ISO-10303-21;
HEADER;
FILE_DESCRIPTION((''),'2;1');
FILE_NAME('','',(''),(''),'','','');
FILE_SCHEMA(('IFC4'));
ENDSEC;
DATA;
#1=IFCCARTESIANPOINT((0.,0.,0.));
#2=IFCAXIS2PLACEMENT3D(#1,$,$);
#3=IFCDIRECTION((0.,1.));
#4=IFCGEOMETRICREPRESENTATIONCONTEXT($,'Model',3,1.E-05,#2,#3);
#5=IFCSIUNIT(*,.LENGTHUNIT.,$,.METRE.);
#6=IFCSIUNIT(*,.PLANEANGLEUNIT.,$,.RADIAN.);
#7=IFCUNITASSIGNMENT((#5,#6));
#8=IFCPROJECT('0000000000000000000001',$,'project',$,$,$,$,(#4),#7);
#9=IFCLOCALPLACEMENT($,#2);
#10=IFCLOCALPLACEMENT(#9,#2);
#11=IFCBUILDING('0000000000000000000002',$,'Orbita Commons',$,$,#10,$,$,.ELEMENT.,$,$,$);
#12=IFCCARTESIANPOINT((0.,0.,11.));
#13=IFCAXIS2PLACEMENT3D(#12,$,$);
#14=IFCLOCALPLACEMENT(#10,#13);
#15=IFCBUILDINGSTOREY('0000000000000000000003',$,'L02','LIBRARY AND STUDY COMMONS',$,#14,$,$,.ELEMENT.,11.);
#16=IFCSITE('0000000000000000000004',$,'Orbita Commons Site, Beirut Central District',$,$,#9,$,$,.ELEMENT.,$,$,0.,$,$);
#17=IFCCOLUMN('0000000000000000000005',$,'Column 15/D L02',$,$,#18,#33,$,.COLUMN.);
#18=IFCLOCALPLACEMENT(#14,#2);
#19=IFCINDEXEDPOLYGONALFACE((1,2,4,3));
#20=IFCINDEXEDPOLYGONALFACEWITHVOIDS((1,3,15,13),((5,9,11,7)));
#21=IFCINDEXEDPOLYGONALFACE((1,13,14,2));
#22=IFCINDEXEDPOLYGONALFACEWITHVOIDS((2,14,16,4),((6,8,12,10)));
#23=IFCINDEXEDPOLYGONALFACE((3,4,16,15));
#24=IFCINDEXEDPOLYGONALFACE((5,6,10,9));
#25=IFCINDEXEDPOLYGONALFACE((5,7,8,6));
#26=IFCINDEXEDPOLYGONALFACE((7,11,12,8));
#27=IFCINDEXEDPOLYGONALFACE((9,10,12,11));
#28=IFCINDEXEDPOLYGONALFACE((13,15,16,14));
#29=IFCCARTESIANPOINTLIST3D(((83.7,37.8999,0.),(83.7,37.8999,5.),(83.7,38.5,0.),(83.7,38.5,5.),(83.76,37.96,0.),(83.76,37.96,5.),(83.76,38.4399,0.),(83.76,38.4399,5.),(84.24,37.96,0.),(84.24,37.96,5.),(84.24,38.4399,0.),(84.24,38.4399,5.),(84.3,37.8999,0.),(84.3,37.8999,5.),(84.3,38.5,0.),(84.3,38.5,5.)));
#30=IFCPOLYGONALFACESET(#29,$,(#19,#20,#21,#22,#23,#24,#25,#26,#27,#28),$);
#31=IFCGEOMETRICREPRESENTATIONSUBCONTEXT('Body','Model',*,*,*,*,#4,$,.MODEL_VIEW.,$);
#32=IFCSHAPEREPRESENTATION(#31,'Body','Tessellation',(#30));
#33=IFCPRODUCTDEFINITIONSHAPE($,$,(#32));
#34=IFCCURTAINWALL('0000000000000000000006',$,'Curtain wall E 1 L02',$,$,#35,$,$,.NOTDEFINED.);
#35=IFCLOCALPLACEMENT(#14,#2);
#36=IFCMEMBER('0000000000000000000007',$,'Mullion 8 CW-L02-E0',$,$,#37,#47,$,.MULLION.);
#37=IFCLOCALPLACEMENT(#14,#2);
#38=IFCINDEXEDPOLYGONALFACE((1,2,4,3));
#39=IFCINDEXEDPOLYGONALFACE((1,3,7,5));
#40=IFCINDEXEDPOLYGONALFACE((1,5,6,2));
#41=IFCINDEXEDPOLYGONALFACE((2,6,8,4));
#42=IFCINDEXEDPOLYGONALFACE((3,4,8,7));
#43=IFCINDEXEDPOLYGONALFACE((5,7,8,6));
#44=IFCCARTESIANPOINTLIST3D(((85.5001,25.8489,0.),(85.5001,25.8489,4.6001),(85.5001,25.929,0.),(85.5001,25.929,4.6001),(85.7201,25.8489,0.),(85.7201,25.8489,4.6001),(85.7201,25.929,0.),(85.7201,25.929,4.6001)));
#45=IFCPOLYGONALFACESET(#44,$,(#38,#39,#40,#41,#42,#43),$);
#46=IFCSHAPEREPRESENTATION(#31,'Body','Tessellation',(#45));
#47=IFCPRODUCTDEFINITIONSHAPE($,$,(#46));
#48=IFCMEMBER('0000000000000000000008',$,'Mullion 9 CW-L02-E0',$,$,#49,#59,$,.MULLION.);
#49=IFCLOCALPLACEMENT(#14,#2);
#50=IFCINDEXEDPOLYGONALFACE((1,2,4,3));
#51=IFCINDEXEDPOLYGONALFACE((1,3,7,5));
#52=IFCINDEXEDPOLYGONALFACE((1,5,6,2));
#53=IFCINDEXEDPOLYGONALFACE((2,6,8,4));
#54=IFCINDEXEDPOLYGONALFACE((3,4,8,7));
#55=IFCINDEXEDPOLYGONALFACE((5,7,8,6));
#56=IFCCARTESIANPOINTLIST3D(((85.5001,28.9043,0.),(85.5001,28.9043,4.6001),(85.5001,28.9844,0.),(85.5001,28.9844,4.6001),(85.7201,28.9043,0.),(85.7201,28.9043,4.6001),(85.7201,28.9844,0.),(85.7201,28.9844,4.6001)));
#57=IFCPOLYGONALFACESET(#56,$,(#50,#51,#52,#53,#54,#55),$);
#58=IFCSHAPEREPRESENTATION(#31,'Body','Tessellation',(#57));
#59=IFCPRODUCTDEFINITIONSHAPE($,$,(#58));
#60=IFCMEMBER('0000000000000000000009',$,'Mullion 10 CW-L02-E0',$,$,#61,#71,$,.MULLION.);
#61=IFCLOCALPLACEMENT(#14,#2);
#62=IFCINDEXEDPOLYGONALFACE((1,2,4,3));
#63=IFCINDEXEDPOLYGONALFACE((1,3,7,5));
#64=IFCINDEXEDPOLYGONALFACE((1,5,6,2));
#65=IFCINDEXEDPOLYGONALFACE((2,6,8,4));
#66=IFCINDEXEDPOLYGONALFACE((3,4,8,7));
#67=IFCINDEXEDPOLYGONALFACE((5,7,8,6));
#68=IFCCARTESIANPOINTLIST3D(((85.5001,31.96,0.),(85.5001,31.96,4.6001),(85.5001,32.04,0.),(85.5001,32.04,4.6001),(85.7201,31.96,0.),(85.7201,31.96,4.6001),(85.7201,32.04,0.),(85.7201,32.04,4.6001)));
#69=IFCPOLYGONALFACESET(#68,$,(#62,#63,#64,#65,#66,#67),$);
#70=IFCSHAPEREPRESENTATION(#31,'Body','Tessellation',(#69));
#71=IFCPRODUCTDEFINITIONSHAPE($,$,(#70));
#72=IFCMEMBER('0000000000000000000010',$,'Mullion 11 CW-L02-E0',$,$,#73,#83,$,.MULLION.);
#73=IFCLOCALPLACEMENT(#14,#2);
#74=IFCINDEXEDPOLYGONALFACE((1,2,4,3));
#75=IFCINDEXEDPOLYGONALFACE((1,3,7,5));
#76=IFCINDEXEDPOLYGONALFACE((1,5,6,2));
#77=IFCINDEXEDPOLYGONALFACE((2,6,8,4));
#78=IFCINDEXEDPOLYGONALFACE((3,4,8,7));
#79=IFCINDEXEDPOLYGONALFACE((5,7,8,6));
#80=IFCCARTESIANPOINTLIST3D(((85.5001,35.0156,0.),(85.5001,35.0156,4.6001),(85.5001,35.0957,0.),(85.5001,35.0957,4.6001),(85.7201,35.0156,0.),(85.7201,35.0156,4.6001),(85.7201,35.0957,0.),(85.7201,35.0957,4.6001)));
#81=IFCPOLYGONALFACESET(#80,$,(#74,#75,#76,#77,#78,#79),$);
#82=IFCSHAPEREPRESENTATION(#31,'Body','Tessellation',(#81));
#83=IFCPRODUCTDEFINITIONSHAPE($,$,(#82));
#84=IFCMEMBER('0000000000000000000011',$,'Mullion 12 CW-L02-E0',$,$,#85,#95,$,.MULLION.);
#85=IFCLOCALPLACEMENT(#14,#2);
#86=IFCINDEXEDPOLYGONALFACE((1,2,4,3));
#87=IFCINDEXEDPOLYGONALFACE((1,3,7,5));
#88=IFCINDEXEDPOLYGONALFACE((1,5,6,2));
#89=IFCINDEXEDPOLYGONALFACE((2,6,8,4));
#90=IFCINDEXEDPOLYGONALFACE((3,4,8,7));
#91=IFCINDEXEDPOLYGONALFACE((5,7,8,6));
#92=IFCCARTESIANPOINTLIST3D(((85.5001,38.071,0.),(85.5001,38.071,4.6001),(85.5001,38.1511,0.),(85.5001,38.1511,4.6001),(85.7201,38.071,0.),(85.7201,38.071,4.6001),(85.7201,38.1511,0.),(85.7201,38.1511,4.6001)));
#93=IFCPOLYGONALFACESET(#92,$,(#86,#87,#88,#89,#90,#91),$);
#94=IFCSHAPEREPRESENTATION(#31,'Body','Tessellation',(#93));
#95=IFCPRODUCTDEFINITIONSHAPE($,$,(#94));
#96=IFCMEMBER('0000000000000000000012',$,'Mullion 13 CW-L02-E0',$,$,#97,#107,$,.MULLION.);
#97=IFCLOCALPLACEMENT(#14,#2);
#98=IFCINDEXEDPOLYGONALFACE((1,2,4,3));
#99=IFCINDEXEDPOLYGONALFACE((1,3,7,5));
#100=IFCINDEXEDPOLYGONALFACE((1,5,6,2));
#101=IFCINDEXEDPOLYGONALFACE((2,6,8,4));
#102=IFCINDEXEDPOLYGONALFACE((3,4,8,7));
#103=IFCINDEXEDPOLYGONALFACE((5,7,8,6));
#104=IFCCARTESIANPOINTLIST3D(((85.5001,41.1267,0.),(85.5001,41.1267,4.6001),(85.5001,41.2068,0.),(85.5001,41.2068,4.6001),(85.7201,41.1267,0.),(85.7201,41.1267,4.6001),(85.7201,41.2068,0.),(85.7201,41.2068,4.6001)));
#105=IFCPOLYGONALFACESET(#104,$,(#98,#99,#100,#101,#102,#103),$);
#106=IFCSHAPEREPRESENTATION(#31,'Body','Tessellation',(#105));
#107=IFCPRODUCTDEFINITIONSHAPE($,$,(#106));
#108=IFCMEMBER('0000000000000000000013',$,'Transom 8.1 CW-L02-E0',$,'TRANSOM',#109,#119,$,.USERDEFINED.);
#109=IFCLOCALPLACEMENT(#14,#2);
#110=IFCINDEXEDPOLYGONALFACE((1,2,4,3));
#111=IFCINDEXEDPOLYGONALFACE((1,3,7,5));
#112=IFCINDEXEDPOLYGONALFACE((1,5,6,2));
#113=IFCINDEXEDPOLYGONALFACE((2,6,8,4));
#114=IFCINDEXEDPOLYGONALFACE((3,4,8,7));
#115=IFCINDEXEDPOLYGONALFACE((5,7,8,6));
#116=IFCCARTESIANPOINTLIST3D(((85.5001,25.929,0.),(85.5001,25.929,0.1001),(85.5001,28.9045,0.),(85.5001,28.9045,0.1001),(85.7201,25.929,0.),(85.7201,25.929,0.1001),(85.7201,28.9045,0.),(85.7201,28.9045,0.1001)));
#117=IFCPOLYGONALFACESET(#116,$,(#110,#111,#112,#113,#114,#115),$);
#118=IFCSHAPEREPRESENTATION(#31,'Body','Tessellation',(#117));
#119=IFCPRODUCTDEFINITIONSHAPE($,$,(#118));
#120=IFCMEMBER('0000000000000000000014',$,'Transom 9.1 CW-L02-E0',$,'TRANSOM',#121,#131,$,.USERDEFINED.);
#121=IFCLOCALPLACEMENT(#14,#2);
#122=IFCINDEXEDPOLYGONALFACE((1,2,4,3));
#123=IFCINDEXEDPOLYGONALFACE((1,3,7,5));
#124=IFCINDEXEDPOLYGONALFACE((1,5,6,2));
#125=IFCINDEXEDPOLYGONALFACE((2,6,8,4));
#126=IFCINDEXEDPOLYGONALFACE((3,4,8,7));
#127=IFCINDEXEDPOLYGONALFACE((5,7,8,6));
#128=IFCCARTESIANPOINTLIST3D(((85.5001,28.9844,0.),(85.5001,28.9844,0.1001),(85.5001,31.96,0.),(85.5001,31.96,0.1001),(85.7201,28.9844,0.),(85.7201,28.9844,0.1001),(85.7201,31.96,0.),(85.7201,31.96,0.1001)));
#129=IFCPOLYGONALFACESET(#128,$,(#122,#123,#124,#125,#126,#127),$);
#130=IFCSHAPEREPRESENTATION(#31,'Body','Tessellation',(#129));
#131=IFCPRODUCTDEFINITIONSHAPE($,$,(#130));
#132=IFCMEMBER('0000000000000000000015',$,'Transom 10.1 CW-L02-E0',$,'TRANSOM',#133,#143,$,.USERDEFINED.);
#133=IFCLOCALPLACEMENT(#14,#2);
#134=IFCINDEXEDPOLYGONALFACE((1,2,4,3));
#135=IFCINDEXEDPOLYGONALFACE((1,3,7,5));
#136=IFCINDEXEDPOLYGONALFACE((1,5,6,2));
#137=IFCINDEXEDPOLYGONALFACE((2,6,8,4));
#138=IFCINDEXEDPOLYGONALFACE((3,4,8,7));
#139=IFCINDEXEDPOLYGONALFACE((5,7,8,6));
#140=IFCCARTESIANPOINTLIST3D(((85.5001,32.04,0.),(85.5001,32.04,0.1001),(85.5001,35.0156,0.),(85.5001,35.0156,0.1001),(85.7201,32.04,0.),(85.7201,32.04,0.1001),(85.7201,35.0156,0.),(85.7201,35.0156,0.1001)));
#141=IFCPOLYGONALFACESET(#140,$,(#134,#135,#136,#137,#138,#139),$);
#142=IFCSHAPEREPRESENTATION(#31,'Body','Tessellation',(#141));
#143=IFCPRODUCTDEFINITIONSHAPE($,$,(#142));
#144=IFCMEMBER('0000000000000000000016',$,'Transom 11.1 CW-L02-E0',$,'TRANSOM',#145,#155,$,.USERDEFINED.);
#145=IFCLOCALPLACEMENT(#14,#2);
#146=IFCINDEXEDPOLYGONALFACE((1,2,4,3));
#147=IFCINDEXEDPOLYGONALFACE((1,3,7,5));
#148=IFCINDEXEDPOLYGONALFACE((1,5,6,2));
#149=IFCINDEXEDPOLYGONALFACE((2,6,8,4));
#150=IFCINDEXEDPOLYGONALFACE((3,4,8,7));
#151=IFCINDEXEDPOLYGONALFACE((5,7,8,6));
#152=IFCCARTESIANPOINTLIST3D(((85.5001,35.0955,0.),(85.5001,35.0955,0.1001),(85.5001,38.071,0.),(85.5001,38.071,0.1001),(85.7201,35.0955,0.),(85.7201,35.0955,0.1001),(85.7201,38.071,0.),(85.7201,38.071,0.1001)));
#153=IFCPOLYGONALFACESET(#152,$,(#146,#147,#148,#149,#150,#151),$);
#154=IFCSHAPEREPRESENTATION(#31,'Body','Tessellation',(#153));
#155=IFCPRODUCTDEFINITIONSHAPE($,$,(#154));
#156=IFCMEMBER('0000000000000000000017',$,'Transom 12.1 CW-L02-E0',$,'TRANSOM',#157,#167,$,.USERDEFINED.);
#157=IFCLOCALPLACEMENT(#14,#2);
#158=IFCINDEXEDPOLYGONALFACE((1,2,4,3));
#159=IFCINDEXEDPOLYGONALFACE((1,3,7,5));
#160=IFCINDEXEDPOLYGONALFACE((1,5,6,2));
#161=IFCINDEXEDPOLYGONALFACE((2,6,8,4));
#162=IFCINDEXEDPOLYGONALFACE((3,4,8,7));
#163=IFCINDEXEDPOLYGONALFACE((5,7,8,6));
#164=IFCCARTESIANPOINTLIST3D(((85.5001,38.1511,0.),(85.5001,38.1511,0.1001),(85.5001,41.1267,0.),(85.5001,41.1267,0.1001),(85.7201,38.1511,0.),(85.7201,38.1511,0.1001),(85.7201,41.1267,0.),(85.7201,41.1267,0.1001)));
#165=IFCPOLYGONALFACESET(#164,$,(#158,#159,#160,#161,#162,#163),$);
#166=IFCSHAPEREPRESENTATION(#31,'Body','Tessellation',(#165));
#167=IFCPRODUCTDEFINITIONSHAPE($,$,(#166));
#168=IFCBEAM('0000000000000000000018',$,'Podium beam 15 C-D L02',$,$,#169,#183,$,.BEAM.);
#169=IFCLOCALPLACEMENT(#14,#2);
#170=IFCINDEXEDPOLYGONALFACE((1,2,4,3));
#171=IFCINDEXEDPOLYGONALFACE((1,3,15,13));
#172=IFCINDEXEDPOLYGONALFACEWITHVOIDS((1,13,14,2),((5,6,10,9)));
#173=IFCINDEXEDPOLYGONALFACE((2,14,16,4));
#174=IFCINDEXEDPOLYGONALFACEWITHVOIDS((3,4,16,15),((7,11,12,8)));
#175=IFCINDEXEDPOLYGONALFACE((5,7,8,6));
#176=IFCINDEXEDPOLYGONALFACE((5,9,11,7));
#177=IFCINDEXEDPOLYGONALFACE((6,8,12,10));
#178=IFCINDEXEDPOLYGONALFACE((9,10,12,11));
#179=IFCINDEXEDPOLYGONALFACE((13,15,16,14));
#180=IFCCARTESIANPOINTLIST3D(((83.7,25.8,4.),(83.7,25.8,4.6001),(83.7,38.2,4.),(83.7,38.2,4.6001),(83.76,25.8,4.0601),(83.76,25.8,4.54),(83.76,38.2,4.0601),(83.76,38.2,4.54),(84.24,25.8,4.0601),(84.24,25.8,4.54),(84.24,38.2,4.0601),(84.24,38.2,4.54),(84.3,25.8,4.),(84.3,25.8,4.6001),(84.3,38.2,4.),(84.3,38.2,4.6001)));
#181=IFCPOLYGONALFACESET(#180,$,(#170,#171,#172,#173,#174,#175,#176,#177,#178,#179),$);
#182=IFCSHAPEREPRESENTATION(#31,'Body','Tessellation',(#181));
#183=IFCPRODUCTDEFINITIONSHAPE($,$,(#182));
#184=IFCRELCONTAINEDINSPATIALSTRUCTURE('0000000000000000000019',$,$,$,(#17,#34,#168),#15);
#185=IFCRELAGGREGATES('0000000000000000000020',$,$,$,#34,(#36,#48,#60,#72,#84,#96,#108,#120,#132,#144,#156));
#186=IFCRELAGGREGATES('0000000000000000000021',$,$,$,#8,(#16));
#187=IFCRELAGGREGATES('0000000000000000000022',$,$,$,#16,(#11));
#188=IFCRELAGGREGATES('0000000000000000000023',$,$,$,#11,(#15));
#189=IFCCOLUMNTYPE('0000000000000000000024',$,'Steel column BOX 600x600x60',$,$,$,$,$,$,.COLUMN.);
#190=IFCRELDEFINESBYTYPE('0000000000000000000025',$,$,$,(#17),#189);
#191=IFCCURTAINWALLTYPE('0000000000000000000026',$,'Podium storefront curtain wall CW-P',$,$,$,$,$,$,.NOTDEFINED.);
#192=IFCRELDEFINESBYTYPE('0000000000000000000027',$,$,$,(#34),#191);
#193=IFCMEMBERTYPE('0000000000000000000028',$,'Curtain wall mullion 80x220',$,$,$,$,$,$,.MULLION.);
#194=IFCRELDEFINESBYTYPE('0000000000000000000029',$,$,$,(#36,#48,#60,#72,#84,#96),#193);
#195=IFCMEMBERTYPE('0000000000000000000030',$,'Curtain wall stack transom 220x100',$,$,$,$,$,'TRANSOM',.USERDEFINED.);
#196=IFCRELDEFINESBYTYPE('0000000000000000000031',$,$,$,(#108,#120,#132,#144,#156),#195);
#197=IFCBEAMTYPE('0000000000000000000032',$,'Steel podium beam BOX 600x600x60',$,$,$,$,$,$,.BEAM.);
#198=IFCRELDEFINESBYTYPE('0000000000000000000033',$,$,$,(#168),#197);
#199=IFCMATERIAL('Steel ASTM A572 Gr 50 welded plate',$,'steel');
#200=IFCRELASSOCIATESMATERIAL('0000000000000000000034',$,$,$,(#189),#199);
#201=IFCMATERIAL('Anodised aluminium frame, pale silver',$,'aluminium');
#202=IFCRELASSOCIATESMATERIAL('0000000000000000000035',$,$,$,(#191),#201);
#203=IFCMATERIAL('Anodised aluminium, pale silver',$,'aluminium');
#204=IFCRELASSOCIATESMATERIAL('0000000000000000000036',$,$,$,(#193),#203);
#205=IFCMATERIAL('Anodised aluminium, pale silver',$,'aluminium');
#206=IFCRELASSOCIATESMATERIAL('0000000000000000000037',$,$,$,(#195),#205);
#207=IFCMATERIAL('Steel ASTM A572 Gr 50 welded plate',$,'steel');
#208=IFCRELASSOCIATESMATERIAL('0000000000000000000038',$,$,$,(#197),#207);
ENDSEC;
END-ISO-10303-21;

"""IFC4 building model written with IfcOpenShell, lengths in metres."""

from ifc_helpers import new_model, si_unit, direction, frame, origin, origin_2d, place, context, subcontext, project, spatial, rectangle, hollow_rectangle, extrude, material, material_profile, profile_set, type_object, element, aggregate, save


model = new_model("IFC4")

# Units and contexts
model_context = context("Model", 3, precision=1e-05, world=origin(), true_north=direction((0.0, 1.0)))
body_context = subcontext(model_context, "Body", "Model", "MODEL_VIEW")
ifc_project = project(units=[si_unit("LENGTHUNIT", "METRE"), si_unit("PLANEANGLEUNIT", "RADIAN")], contexts=[model_context])

# Site, building, storey
site_placement = place(None, origin())
site = spatial("IfcSite", under=ifc_project, at=site_placement, Name="Orbita Commons Site, Beirut Central District", CompositionType="ELEMENT", RefElevation=0.0)
building_placement = place(site_placement, origin())
building = spatial("IfcBuilding", under=site, at=building_placement, Name="Orbita Commons", CompositionType="ELEMENT")
storey_placement = place(building_placement, frame((0.0, 0.0, 11.0)))
storey = spatial("IfcBuildingStorey", under=building, at=storey_placement, Name="L02", Description="LIBRARY AND STUDY COMMONS", CompositionType="ELEMENT", Elevation=11.0)

# Column
ifc_material_1 = material(Name="Steel ASTM A572 Gr 50 welded plate", Category="steel")
ifc_material_profile_1 = material_profile(ifc_material_1, hollow_rectangle(XDim=0.6001, YDim=0.6001, WallThickness=0.0601, at=origin_2d()), Name="BOX 600x600x60")
ifc_profile_set_1 = profile_set([ifc_material_profile_1], Name="Steel ASTM A572 Gr 50 welded plate")
column_type = type_object("IfcColumnType", Name="Steel column BOX 600x600x60", PredefinedType="COLUMN", material=ifc_profile_set_1)
column_placement = place(storey_placement, frame((84.0, 38.2, 0.0), z_axis=(0.0, 0.0, 1.0), x_axis=(1.0, 0.0, 0.0)))
element("IfcColumn", 1, at=column_placement, inside=storey, type_object=column_type, Name="Column 15/D L02", PredefinedType="COLUMN", context=body_context, shape_type="SweptSolid", body=[
    extrude(hollow_rectangle(XDim=0.6001, YDim=0.6001, WallThickness=0.0601, at=origin_2d()), origin(), (0.0, 0.0, 1.0), 5.0),
])

# Curtain wall, members
ifc_material_2 = material(Name="Anodised aluminium frame, pale silver", Category="aluminium")
curtain_wall_type = type_object("IfcCurtainWallType", Name="Podium storefront curtain wall CW-P", PredefinedType="NOTDEFINED", material=ifc_material_2)
curtain_wall_placement = place(storey_placement, origin())
curtain_wall = element("IfcCurtainWall", 2, at=curtain_wall_placement, inside=storey, type_object=curtain_wall_type, Name="Curtain wall E 1 L02", PredefinedType="NOTDEFINED")
ifc_material_3 = material(Name="Anodised aluminium, pale silver", Category="aluminium")
ifc_material_profile_2 = material_profile(ifc_material_3, rectangle(XDim=0.0801, YDim=0.22, at=origin_2d()), Name="AL 80x220")
ifc_profile_set_2 = profile_set([ifc_material_profile_2], Name="Anodised aluminium, pale silver")
member_type_1 = type_object("IfcMemberType", Name="Curtain wall mullion 80x220", PredefinedType="MULLION", material=ifc_profile_set_2)
member_1_placement = place(storey_placement, frame((85.6101, 25.8889, 0.0), z_axis=(0.0, 0.0, 1.0), x_axis=(0.0, 1.0, 0.0)))
member_1 = element("IfcMember", 3, at=member_1_placement, type_object=member_type_1, Name="Mullion 8 CW-L02-E0", PredefinedType="MULLION", context=body_context, shape_type="SweptSolid", body=[
    extrude(rectangle(XDim=0.0801, YDim=0.22, at=origin_2d()), origin(), (0.0, 0.0, 1.0), 4.6001),
])
member_2_placement = place(storey_placement, frame((85.6101, 28.9443, 0.0), z_axis=(0.0, 0.0, 1.0), x_axis=(0.0, 1.0, 0.0)))
member_2 = element("IfcMember", 4, at=member_2_placement, type_object=member_type_1, Name="Mullion 9 CW-L02-E0", PredefinedType="MULLION", context=body_context, shape_type="SweptSolid", body=[
    extrude(rectangle(XDim=0.0801, YDim=0.22, at=origin_2d()), origin(), (0.0, 0.0, 1.0), 4.6001),
])
member_3_placement = place(storey_placement, frame((85.6101, 32.0, 0.0), z_axis=(0.0, 0.0, 1.0), x_axis=(0.0, 1.0, 0.0)))
member_3 = element("IfcMember", 5, at=member_3_placement, type_object=member_type_1, Name="Mullion 10 CW-L02-E0", PredefinedType="MULLION", context=body_context, shape_type="SweptSolid", body=[
    extrude(rectangle(XDim=0.0801, YDim=0.22, at=origin_2d()), origin(), (0.0, 0.0, 1.0), 4.6001),
])
member_4_placement = place(storey_placement, frame((85.6101, 35.0557, 0.0), z_axis=(0.0, 0.0, 1.0), x_axis=(0.0, 1.0, 0.0)))
member_4 = element("IfcMember", 6, at=member_4_placement, type_object=member_type_1, Name="Mullion 11 CW-L02-E0", PredefinedType="MULLION", context=body_context, shape_type="SweptSolid", body=[
    extrude(rectangle(XDim=0.0801, YDim=0.22, at=origin_2d()), origin(), (0.0, 0.0, 1.0), 4.6001),
])
member_5_placement = place(storey_placement, frame((85.6101, 38.1111, 0.0), z_axis=(0.0, 0.0, 1.0), x_axis=(0.0, 1.0, 0.0)))
member_5 = element("IfcMember", 7, at=member_5_placement, type_object=member_type_1, Name="Mullion 12 CW-L02-E0", PredefinedType="MULLION", context=body_context, shape_type="SweptSolid", body=[
    extrude(rectangle(XDim=0.0801, YDim=0.22, at=origin_2d()), origin(), (0.0, 0.0, 1.0), 4.6001),
])
member_6_placement = place(storey_placement, frame((85.6101, 41.1667, 0.0), z_axis=(0.0, 0.0, 1.0), x_axis=(0.0, 1.0, 0.0)))
member_6 = element("IfcMember", 8, at=member_6_placement, type_object=member_type_1, Name="Mullion 13 CW-L02-E0", PredefinedType="MULLION", context=body_context, shape_type="SweptSolid", body=[
    extrude(rectangle(XDim=0.0801, YDim=0.22, at=origin_2d()), origin(), (0.0, 0.0, 1.0), 4.6001),
])
ifc_material_4 = material(Name="Anodised aluminium, pale silver", Category="aluminium")
ifc_material_profile_3 = material_profile(ifc_material_4, rectangle(XDim=0.22, YDim=0.1001, at=origin_2d()), Name="AL 220x100")
ifc_profile_set_3 = profile_set([ifc_material_profile_3], Name="Anodised aluminium, pale silver")
member_type_2 = type_object("IfcMemberType", Name="Curtain wall stack transom 220x100", ElementType="TRANSOM", PredefinedType="USERDEFINED", material=ifc_profile_set_3)
member_7_placement = place(storey_placement, frame((85.6101, 25.929, 0.05), z_axis=(0.0, 1.0, 0.0), x_axis=(-1.0, 0.0, 0.0)))
member_7 = element("IfcMember", 9, at=member_7_placement, type_object=member_type_2, Name="Transom 8.1 CW-L02-E0", ObjectType="TRANSOM", PredefinedType="USERDEFINED", context=body_context, shape_type="SweptSolid", body=[
    extrude(rectangle(XDim=0.22, YDim=0.1001, at=origin_2d()), origin(), (0.0, 0.0, 1.0), 2.9756),
])
member_8_placement = place(storey_placement, frame((85.6101, 28.9844, 0.05), z_axis=(0.0, 1.0, 0.0), x_axis=(-1.0, 0.0, 0.0)))
member_8 = element("IfcMember", 10, at=member_8_placement, type_object=member_type_2, Name="Transom 9.1 CW-L02-E0", ObjectType="TRANSOM", PredefinedType="USERDEFINED", context=body_context, shape_type="SweptSolid", body=[
    extrude(rectangle(XDim=0.22, YDim=0.1001, at=origin_2d()), origin(), (0.0, 0.0, 1.0), 2.9756),
])
member_9_placement = place(storey_placement, frame((85.6101, 32.04, 0.05), z_axis=(0.0, 1.0, 0.0), x_axis=(-1.0, 0.0, 0.0)))
member_9 = element("IfcMember", 11, at=member_9_placement, type_object=member_type_2, Name="Transom 10.1 CW-L02-E0", ObjectType="TRANSOM", PredefinedType="USERDEFINED", context=body_context, shape_type="SweptSolid", body=[
    extrude(rectangle(XDim=0.22, YDim=0.1001, at=origin_2d()), origin(), (0.0, 0.0, 1.0), 2.9756),
])
member_10_placement = place(storey_placement, frame((85.6101, 35.0955, 0.05), z_axis=(0.0, 1.0, 0.0), x_axis=(-1.0, 0.0, 0.0)))
member_10 = element("IfcMember", 12, at=member_10_placement, type_object=member_type_2, Name="Transom 11.1 CW-L02-E0", ObjectType="TRANSOM", PredefinedType="USERDEFINED", context=body_context, shape_type="SweptSolid", body=[
    extrude(rectangle(XDim=0.22, YDim=0.1001, at=origin_2d()), origin(), (0.0, 0.0, 1.0), 2.9756),
])
member_11_placement = place(storey_placement, frame((85.6101, 38.1511, 0.05), z_axis=(0.0, 1.0, 0.0), x_axis=(-1.0, 0.0, 0.0)))
member_11 = element("IfcMember", 13, at=member_11_placement, type_object=member_type_2, Name="Transom 12.1 CW-L02-E0", ObjectType="TRANSOM", PredefinedType="USERDEFINED", context=body_context, shape_type="SweptSolid", body=[
    extrude(rectangle(XDim=0.22, YDim=0.1001, at=origin_2d()), origin(), (0.0, 0.0, 1.0), 2.9756),
])

# Beam
ifc_material_5 = material(Name="Steel ASTM A572 Gr 50 welded plate", Category="steel")
ifc_material_profile_4 = material_profile(ifc_material_5, hollow_rectangle(XDim=0.6001, YDim=0.6001, WallThickness=0.0601, at=origin_2d()), Name="BOX 600x600x60")
ifc_profile_set_4 = profile_set([ifc_material_profile_4], Name="Steel ASTM A572 Gr 50 welded plate")
beam_type = type_object("IfcBeamType", Name="Steel podium beam BOX 600x600x60", PredefinedType="BEAM", material=ifc_profile_set_4)
beam_1_placement = place(storey_placement, frame((84.0, 25.8, 4.3), z_axis=(0.0, 1.0, 0.0), x_axis=(-1.0, 0.0, 0.0)))
element("IfcBeam", 14, at=beam_1_placement, inside=storey, type_object=beam_type, Name="Podium beam 15 C-D L02", PredefinedType="BEAM", context=body_context, shape_type="SweptSolid", body=[
    extrude(hollow_rectangle(XDim=0.6001, YDim=0.6001, WallThickness=0.0601, at=origin_2d()), origin(), (0.0, 0.0, 1.0), 12.3999),
])

aggregate(curtain_wall, [member_1, member_2, member_3, member_4, member_5, member_6, member_7, member_8, member_9, member_10, member_11])

save(model, "model.ifc")
